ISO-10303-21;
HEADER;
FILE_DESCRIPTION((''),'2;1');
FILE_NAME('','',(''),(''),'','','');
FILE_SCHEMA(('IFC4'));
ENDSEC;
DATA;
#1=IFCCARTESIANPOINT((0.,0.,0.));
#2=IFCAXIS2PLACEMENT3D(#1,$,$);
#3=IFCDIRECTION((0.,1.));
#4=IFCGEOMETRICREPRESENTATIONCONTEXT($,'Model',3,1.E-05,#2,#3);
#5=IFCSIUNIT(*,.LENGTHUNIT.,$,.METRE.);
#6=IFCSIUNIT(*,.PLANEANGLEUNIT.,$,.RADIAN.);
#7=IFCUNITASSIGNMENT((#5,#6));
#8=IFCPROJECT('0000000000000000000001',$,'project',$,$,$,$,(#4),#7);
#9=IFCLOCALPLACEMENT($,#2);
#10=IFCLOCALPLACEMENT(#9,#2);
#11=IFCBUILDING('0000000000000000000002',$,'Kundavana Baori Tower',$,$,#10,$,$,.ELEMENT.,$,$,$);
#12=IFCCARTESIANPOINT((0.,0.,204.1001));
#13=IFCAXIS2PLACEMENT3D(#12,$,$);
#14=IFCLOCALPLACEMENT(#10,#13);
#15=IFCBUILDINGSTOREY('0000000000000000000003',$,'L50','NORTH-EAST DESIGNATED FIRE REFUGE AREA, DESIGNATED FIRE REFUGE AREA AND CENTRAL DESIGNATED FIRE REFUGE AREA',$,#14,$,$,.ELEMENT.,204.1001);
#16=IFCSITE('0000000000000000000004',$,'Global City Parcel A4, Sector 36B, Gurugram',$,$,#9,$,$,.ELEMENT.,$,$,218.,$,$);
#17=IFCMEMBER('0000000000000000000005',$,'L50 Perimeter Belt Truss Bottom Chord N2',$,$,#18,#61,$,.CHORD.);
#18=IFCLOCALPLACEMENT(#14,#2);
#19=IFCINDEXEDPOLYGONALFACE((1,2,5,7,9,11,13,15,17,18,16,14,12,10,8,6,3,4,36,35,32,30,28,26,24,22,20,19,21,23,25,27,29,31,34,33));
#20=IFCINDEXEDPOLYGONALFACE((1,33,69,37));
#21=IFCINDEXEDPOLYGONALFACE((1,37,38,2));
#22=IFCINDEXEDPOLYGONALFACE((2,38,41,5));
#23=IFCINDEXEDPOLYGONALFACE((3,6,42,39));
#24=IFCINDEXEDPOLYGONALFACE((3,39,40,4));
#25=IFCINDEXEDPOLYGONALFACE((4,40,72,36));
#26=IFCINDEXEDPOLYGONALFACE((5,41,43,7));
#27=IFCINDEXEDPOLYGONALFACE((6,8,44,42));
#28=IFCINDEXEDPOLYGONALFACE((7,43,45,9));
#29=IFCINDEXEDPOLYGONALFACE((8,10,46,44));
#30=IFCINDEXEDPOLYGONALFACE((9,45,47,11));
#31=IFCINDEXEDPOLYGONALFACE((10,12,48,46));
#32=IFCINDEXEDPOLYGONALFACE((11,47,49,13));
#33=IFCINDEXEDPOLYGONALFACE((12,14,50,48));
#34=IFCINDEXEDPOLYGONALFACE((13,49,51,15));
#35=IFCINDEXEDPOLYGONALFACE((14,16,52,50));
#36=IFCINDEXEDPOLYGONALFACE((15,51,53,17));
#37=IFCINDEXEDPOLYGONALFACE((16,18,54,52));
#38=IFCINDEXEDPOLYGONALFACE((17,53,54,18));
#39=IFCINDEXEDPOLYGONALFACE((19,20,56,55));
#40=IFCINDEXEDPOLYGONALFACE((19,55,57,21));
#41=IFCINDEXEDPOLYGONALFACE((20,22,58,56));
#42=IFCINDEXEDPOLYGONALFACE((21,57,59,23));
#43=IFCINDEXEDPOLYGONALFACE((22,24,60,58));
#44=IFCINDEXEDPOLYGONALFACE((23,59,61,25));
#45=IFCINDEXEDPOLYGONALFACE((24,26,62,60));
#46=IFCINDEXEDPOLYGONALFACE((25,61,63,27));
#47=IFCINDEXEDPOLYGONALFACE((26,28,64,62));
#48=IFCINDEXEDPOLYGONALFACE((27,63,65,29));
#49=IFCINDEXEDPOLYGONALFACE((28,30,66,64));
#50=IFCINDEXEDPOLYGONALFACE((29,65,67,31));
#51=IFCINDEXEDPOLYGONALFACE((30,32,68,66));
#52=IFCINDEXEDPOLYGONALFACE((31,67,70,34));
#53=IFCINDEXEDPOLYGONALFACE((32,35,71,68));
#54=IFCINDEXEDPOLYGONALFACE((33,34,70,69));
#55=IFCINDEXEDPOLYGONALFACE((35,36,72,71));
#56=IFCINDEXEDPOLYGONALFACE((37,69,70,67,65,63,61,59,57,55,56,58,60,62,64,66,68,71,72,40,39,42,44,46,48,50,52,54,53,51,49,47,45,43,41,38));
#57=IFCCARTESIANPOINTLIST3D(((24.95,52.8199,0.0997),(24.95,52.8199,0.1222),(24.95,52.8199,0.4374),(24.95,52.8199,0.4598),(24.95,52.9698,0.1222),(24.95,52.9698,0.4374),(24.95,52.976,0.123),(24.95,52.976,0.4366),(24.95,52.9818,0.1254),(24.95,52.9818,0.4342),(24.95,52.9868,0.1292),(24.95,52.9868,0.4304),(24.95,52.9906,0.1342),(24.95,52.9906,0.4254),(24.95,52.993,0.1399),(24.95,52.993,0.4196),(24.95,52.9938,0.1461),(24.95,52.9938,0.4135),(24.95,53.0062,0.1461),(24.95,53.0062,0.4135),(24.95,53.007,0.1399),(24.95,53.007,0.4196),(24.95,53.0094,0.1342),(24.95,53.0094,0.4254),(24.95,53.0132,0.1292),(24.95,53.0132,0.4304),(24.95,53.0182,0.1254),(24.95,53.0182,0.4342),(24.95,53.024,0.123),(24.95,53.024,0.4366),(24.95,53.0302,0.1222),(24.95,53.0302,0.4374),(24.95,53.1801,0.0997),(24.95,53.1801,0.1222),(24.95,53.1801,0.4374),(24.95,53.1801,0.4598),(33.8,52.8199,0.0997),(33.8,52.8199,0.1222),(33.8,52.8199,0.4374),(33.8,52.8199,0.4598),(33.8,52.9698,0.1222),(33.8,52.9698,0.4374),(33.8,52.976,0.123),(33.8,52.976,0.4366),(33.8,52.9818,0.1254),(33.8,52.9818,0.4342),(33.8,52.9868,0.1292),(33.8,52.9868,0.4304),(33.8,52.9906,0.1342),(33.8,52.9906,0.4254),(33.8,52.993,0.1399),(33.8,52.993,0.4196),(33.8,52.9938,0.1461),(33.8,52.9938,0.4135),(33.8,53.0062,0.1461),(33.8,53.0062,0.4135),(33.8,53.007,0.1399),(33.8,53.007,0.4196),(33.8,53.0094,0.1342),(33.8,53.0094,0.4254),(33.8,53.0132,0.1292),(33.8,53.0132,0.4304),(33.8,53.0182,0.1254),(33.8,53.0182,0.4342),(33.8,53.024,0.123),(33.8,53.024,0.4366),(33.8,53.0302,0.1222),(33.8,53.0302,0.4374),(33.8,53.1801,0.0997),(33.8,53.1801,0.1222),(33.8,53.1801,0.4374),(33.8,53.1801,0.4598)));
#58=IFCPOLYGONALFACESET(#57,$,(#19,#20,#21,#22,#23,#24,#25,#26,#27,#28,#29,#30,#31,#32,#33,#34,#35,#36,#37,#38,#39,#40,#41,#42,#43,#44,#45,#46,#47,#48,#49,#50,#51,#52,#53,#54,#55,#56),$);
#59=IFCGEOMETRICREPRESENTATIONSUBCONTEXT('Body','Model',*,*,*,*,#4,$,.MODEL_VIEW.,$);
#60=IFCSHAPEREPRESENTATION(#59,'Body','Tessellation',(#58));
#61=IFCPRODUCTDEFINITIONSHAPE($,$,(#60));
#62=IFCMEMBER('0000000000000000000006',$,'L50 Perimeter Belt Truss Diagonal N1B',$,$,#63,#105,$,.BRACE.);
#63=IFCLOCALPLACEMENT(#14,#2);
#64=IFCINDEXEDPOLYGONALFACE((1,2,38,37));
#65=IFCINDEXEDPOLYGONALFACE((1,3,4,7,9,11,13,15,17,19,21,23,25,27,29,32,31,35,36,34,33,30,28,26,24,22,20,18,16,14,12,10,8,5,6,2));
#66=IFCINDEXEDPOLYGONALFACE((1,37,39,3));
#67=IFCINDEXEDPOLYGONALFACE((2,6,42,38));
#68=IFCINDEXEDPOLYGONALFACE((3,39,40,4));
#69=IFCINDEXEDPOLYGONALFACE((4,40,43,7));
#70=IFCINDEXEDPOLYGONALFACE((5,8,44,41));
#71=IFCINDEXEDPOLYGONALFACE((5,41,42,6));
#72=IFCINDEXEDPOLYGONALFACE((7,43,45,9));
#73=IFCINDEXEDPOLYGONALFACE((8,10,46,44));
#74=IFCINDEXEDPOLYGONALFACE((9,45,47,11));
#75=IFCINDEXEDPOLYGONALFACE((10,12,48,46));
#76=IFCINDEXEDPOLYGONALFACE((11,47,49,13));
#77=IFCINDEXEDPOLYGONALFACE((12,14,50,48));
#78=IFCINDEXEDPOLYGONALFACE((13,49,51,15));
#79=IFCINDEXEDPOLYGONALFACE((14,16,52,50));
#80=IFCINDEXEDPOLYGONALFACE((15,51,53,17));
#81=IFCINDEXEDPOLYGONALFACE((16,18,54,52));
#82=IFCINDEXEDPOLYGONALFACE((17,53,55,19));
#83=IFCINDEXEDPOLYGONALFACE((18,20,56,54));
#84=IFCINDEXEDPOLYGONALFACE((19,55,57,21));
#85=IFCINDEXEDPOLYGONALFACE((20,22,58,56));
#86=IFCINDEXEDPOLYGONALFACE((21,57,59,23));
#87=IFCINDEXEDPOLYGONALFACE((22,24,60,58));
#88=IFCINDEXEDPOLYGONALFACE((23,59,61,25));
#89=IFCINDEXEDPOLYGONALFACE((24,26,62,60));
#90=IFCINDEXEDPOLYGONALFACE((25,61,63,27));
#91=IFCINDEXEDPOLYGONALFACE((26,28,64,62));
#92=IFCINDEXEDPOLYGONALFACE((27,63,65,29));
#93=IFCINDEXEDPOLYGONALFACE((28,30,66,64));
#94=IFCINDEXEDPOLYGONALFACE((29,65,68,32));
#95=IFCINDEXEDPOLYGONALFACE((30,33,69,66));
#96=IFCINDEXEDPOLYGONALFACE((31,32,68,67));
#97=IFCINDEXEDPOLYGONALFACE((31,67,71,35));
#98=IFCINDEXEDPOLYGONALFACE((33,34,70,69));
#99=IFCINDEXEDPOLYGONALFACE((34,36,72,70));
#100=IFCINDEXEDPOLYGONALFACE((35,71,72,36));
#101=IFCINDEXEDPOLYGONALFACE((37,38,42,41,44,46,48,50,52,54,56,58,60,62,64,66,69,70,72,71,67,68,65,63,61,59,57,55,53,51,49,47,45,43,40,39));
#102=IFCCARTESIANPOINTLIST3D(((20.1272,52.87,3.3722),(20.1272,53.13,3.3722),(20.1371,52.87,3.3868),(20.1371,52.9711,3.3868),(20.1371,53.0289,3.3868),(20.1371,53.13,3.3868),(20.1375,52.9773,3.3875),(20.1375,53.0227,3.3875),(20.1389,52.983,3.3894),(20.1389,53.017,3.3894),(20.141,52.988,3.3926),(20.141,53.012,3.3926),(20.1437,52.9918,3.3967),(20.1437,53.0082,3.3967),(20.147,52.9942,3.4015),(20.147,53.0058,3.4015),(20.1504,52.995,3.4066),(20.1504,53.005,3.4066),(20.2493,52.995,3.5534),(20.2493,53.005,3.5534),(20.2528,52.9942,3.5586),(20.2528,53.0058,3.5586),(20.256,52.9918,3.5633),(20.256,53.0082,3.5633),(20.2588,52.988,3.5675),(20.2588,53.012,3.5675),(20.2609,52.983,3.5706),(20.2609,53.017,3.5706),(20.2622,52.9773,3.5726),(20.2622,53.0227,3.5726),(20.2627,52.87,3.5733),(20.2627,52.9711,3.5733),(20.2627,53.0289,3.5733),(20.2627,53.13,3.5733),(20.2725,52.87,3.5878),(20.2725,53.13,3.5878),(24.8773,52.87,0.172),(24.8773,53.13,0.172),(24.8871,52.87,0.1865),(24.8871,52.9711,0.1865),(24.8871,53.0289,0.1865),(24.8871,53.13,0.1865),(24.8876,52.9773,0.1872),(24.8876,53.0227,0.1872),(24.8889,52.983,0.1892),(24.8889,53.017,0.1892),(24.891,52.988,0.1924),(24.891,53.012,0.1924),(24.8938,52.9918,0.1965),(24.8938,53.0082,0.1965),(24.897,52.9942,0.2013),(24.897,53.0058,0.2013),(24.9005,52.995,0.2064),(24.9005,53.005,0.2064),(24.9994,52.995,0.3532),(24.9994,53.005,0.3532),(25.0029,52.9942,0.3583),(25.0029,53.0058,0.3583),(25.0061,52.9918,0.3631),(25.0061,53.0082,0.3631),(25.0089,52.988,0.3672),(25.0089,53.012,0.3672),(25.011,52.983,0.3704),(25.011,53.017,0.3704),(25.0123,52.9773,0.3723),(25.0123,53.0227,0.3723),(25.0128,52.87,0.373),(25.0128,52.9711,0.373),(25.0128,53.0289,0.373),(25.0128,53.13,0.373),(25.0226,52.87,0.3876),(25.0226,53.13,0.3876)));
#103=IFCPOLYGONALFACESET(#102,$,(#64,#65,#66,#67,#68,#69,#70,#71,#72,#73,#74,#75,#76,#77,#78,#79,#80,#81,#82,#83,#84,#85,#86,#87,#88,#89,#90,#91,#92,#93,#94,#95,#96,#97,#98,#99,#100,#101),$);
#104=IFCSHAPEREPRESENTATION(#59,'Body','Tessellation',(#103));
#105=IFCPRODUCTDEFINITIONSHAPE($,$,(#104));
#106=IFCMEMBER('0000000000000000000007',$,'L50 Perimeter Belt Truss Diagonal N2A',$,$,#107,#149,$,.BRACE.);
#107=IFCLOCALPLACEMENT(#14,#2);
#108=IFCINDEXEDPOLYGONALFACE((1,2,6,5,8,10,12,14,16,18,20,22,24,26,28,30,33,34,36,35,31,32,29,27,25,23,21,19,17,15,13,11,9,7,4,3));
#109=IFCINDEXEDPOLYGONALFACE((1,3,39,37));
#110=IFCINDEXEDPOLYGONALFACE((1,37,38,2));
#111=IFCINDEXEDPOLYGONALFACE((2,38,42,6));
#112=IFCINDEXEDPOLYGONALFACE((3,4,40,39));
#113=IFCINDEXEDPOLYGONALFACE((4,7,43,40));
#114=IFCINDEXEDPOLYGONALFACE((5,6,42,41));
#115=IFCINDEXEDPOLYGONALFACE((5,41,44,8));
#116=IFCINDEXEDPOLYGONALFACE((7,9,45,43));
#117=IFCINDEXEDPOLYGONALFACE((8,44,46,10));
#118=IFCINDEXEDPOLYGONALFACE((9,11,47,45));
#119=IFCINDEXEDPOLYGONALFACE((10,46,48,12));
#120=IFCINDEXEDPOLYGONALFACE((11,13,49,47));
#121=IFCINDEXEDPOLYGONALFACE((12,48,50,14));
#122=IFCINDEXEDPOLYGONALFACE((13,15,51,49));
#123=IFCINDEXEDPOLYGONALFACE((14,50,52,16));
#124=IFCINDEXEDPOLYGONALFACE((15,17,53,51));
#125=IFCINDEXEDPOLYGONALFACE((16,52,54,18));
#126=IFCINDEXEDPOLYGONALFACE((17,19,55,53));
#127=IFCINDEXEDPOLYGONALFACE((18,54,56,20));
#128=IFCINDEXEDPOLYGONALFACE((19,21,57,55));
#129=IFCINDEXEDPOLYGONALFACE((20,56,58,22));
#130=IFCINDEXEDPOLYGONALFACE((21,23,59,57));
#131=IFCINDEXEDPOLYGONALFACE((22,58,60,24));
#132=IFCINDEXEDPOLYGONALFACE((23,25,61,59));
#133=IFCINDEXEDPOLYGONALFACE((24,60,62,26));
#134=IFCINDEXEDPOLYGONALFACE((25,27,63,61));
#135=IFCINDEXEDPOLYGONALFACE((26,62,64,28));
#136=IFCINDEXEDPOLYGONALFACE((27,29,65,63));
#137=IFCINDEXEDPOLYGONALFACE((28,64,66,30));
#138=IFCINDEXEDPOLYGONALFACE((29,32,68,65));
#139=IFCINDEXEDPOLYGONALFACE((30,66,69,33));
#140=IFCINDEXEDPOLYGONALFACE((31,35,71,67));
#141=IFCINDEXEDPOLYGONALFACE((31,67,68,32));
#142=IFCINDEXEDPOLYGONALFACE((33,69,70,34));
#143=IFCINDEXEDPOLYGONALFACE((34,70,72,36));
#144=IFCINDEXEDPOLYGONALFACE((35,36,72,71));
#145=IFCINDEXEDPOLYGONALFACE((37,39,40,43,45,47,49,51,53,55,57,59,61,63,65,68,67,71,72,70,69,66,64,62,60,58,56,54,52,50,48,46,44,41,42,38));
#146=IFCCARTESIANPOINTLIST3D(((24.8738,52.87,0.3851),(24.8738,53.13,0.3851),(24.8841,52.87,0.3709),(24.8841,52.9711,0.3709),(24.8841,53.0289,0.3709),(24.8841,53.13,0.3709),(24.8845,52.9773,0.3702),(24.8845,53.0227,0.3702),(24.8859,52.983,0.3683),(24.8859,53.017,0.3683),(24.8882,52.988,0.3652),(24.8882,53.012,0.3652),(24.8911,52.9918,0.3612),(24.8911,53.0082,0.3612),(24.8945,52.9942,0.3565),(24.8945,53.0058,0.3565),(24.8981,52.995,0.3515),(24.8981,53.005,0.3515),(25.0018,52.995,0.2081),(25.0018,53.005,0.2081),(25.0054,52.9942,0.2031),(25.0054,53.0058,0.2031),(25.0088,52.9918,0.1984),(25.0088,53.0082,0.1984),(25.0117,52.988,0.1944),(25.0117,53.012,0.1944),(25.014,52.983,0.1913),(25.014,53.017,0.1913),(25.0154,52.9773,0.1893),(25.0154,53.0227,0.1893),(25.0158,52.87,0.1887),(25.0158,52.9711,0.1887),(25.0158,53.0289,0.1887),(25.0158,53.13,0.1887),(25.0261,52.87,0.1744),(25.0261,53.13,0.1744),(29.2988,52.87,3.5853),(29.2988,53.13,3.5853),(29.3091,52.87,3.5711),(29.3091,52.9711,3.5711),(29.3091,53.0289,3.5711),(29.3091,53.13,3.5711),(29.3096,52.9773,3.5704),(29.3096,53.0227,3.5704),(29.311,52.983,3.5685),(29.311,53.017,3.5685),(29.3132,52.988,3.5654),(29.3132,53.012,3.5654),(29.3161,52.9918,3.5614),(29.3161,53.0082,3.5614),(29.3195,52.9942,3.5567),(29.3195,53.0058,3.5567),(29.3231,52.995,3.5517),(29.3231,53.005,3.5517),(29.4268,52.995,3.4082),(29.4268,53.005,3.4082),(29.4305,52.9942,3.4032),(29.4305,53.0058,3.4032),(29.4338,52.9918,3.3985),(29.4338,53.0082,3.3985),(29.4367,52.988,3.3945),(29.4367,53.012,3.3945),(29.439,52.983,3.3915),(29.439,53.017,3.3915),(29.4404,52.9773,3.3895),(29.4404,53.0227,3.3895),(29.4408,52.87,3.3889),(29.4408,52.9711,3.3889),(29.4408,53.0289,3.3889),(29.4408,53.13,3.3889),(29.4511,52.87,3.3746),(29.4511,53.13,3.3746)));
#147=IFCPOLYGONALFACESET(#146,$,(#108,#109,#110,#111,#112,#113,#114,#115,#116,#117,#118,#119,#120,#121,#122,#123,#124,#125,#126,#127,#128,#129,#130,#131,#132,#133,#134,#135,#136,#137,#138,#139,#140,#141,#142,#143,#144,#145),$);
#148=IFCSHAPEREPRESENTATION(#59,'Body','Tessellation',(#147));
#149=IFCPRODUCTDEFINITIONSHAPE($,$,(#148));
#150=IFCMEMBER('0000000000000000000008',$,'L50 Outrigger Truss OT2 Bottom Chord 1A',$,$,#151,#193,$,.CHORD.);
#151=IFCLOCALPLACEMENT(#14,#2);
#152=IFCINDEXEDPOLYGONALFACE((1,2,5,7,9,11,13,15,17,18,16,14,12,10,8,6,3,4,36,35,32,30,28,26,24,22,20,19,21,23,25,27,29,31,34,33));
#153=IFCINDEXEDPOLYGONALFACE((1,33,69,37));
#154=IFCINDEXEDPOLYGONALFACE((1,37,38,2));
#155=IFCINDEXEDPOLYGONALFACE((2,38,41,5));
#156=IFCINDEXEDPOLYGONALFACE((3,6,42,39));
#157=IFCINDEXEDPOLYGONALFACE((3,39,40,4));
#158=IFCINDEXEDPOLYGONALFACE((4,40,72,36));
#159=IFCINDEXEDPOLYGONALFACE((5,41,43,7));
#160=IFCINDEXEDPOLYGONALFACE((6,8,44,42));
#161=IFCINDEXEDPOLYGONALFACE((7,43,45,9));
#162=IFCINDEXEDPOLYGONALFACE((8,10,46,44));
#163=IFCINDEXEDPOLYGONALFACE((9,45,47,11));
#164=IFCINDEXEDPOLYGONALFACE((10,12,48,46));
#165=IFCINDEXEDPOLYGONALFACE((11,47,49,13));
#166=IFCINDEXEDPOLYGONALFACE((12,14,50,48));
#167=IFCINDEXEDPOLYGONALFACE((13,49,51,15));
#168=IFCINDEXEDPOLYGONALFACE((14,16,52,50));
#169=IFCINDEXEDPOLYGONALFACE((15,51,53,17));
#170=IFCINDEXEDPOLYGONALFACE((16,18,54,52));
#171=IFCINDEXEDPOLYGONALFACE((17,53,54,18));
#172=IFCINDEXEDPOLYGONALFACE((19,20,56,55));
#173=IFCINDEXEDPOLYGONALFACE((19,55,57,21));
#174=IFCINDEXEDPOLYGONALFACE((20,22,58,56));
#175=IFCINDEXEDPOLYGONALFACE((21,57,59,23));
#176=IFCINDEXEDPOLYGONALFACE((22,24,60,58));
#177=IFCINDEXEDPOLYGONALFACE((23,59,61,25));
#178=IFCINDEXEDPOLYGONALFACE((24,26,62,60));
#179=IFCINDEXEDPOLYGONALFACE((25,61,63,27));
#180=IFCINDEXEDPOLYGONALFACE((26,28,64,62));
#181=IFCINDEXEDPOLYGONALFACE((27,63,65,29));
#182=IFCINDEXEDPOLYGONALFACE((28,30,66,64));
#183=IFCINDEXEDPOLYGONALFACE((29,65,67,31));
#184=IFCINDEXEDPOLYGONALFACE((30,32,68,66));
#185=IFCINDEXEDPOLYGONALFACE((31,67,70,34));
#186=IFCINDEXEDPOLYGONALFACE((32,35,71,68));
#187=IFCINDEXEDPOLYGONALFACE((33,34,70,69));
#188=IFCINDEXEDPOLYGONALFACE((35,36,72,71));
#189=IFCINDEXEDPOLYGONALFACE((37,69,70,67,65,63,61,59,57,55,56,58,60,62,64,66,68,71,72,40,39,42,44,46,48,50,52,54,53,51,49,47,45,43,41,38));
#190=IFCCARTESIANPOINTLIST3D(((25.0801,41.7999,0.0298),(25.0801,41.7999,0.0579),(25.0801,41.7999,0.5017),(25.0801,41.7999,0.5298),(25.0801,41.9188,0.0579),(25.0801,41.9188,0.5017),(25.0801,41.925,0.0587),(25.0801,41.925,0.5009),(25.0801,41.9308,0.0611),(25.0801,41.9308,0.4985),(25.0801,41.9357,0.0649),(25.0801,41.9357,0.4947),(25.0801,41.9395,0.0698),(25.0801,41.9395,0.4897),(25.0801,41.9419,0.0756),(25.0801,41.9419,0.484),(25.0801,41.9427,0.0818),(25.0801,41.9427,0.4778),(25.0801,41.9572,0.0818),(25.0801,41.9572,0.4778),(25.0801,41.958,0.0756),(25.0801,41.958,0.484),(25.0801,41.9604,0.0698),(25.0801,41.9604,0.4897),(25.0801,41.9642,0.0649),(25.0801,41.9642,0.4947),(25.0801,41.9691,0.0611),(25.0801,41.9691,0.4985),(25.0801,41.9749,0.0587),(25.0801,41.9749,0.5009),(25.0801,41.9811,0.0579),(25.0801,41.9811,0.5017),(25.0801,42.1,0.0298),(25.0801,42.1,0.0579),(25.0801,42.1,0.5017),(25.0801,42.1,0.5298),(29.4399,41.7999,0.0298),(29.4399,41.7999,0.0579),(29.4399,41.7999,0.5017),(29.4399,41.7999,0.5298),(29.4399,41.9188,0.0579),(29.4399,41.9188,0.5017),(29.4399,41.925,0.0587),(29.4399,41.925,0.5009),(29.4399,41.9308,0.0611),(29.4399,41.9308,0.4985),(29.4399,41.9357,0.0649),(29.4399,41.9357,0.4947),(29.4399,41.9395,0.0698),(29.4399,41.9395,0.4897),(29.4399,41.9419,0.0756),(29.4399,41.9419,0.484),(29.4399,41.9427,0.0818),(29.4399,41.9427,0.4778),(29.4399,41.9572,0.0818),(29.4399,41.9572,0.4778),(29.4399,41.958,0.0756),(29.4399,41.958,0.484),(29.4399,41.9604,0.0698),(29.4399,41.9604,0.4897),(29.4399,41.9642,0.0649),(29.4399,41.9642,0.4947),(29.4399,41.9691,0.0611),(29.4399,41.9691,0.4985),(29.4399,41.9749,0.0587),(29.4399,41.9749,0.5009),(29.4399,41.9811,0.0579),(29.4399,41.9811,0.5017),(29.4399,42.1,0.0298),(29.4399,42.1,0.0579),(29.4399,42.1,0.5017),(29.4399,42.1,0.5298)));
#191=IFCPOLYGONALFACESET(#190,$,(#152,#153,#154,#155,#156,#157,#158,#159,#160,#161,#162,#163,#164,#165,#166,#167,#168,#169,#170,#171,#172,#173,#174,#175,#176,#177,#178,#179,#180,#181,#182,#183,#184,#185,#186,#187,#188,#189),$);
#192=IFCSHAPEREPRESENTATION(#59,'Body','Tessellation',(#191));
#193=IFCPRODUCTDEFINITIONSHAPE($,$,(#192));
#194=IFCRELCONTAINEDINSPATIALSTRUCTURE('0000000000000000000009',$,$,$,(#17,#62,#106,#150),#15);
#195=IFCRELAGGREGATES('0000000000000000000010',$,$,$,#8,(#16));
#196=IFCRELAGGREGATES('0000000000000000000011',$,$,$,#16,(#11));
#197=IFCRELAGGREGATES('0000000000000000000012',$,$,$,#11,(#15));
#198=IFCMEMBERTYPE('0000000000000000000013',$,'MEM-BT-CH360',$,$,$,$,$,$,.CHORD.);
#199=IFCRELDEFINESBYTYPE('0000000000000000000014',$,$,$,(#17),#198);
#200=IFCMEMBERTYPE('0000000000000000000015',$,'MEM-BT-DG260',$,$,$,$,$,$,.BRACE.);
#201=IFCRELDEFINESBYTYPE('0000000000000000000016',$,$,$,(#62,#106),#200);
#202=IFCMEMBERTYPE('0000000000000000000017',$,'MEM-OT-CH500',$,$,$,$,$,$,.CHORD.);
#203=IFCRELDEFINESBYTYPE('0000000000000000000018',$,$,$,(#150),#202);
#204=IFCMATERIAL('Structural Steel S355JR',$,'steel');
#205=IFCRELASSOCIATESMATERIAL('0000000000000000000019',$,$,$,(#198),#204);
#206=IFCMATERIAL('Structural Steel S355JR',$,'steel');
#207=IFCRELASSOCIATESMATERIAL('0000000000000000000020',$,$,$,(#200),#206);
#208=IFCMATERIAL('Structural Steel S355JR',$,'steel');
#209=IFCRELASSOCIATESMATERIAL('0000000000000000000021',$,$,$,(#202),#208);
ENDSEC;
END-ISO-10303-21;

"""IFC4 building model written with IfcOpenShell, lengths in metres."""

from ifc_helpers import new_model, si_unit, direction, frame, origin, origin_2d, place, context, subcontext, project, spatial, i_section, extrude, material, material_profile, profile_set, type_object, element, save


model = new_model("IFC4")

# Units and contexts
model_context = context("Model", 3, precision=1e-05, world=origin(), true_north=direction((0.0, 1.0)))
body_context = subcontext(model_context, "Body", "Model", "MODEL_VIEW")
ifc_project = project(units=[si_unit("LENGTHUNIT", "METRE"), si_unit("PLANEANGLEUNIT", "RADIAN")], contexts=[model_context])

# Site, building, storey
site_placement = place(None, origin())
site = spatial("IfcSite", under=ifc_project, at=site_placement, Name="Global City Parcel A4, Sector 36B, Gurugram", CompositionType="ELEMENT", RefElevation=218.0)
building_placement = place(site_placement, origin())
building = spatial("IfcBuilding", under=site, at=building_placement, Name="Kundavana Baori Tower", CompositionType="ELEMENT")
storey_placement = place(building_placement, frame((0.0, 0.0, 204.1001)))
storey = spatial("IfcBuildingStorey", under=building, at=storey_placement, Name="L50", Description="NORTH-EAST DESIGNATED FIRE REFUGE AREA, DESIGNATED FIRE REFUGE AREA AND CENTRAL DESIGNATED FIRE REFUGE AREA", CompositionType="ELEMENT", Elevation=204.1001)

# Members
ifc_material_1 = material(Name="Structural Steel S355JR", Category="steel")
ifc_material_profile_1 = material_profile(ifc_material_1, i_section(OverallWidth=0.3601, OverallDepth=0.3601, WebThickness=0.0125, FlangeThickness=0.0225, FilletRadius=0.0239, at=origin_2d()), Name="WPB 360x360x142")
ifc_profile_set_1 = profile_set([ifc_material_profile_1], Name="Structural Steel S355JR")
member_type_1 = type_object("IfcMemberType", Name="MEM-BT-CH360", PredefinedType="CHORD", material=ifc_profile_set_1)
member_1_placement = place(storey_placement, frame((24.95, 53.0, 0.2798), z_axis=(1.0, 0.0, 0.0), x_axis=(0.0, 1.0, 0.0)))
element("IfcMember", 1, at=member_1_placement, inside=storey, type_object=member_type_1, Name="L50 Perimeter Belt Truss Bottom Chord N2", PredefinedType="CHORD", context=body_context, shape_type="SweptSolid", body=[
    extrude(i_section(OverallWidth=0.3601, OverallDepth=0.3601, WebThickness=0.0125, FlangeThickness=0.0225, FilletRadius=0.0239, at=origin_2d()), origin(), (0.0, 0.0, 1.0), 8.8501),
])
ifc_material_2 = material(Name="Structural Steel S355JR", Category="steel")
ifc_material_profile_2 = material_profile(ifc_material_2, i_section(OverallWidth=0.26, OverallDepth=0.26, WebThickness=0.01, FlangeThickness=0.0176, FilletRadius=0.0239, at=origin_2d()), Name="WPB 260x260x93")
ifc_profile_set_2 = profile_set([ifc_material_profile_2], Name="Structural Steel S355JR")
member_type_2 = type_object("IfcMemberType", Name="MEM-BT-DG260", PredefinedType="BRACE", material=ifc_profile_set_2)
member_2_placement = place(storey_placement, frame((24.95, 53.0, 0.2798), z_axis=(-0.829339, 0.0, 0.558746), x_axis=(0.0, -1.0, 0.0)))
element("IfcMember", 2, at=member_2_placement, inside=storey, type_object=member_type_2, Name="L50 Perimeter Belt Truss Diagonal N1B", PredefinedType="BRACE", context=body_context, shape_type="SweptSolid", body=[
    extrude(i_section(OverallWidth=0.26, OverallDepth=0.26, WebThickness=0.01, FlangeThickness=0.0176, FilletRadius=0.0239, at=origin_2d()), origin(), (0.0, 0.0, 1.0), 5.7275),
])
member_3_placement = place(storey_placement, frame((24.95, 53.0, 0.2798), z_axis=(0.810303, 0.0, 0.586011), x_axis=(0.0, 1.0, 0.0)))
element("IfcMember", 3, at=member_3_placement, inside=storey, type_object=member_type_2, Name="L50 Perimeter Belt Truss Diagonal N2A", PredefinedType="BRACE", context=body_context, shape_type="SweptSolid", body=[
    extrude(i_section(OverallWidth=0.26, OverallDepth=0.26, WebThickness=0.01, FlangeThickness=0.0176, FilletRadius=0.0239, at=origin_2d()), origin(), (0.0, 0.0, 1.0), 5.4609),
])
ifc_material_3 = material(Name="Structural Steel S355JR", Category="steel")
ifc_material_profile_3 = material_profile(ifc_material_3, i_section(OverallWidth=0.3, OverallDepth=0.5, WebThickness=0.0144, FlangeThickness=0.0281, FilletRadius=0.0239, at=origin_2d()), Name="WPB 500x300x155")
ifc_profile_set_3 = profile_set([ifc_material_profile_3], Name="Structural Steel S355JR")
member_type_3 = type_object("IfcMemberType", Name="MEM-OT-CH500", PredefinedType="CHORD", material=ifc_profile_set_3)
for number, where, z_axis, x_axis, name in (
    (4, (25.0801, 41.95, 0.2798), (1.0, 0.0, 0.0), (0.0, 1.0, 0.0), "L50 Outrigger Truss OT2 Bottom Chord 1A"),
):
    element("IfcMember", number, at=place(storey_placement, frame(where, z_axis=z_axis, x_axis=x_axis)), inside=storey, type_object=member_type_3, Name=name, PredefinedType="CHORD", context=body_context, shape_type="SweptSolid", body=[
        extrude(i_section(OverallWidth=0.3, OverallDepth=0.5, WebThickness=0.0144, FlangeThickness=0.0281, FilletRadius=0.0239, at=origin_2d()), origin(), (0.0, 0.0, 1.0), 4.3599),
    ])

save(model, "model.ifc")
